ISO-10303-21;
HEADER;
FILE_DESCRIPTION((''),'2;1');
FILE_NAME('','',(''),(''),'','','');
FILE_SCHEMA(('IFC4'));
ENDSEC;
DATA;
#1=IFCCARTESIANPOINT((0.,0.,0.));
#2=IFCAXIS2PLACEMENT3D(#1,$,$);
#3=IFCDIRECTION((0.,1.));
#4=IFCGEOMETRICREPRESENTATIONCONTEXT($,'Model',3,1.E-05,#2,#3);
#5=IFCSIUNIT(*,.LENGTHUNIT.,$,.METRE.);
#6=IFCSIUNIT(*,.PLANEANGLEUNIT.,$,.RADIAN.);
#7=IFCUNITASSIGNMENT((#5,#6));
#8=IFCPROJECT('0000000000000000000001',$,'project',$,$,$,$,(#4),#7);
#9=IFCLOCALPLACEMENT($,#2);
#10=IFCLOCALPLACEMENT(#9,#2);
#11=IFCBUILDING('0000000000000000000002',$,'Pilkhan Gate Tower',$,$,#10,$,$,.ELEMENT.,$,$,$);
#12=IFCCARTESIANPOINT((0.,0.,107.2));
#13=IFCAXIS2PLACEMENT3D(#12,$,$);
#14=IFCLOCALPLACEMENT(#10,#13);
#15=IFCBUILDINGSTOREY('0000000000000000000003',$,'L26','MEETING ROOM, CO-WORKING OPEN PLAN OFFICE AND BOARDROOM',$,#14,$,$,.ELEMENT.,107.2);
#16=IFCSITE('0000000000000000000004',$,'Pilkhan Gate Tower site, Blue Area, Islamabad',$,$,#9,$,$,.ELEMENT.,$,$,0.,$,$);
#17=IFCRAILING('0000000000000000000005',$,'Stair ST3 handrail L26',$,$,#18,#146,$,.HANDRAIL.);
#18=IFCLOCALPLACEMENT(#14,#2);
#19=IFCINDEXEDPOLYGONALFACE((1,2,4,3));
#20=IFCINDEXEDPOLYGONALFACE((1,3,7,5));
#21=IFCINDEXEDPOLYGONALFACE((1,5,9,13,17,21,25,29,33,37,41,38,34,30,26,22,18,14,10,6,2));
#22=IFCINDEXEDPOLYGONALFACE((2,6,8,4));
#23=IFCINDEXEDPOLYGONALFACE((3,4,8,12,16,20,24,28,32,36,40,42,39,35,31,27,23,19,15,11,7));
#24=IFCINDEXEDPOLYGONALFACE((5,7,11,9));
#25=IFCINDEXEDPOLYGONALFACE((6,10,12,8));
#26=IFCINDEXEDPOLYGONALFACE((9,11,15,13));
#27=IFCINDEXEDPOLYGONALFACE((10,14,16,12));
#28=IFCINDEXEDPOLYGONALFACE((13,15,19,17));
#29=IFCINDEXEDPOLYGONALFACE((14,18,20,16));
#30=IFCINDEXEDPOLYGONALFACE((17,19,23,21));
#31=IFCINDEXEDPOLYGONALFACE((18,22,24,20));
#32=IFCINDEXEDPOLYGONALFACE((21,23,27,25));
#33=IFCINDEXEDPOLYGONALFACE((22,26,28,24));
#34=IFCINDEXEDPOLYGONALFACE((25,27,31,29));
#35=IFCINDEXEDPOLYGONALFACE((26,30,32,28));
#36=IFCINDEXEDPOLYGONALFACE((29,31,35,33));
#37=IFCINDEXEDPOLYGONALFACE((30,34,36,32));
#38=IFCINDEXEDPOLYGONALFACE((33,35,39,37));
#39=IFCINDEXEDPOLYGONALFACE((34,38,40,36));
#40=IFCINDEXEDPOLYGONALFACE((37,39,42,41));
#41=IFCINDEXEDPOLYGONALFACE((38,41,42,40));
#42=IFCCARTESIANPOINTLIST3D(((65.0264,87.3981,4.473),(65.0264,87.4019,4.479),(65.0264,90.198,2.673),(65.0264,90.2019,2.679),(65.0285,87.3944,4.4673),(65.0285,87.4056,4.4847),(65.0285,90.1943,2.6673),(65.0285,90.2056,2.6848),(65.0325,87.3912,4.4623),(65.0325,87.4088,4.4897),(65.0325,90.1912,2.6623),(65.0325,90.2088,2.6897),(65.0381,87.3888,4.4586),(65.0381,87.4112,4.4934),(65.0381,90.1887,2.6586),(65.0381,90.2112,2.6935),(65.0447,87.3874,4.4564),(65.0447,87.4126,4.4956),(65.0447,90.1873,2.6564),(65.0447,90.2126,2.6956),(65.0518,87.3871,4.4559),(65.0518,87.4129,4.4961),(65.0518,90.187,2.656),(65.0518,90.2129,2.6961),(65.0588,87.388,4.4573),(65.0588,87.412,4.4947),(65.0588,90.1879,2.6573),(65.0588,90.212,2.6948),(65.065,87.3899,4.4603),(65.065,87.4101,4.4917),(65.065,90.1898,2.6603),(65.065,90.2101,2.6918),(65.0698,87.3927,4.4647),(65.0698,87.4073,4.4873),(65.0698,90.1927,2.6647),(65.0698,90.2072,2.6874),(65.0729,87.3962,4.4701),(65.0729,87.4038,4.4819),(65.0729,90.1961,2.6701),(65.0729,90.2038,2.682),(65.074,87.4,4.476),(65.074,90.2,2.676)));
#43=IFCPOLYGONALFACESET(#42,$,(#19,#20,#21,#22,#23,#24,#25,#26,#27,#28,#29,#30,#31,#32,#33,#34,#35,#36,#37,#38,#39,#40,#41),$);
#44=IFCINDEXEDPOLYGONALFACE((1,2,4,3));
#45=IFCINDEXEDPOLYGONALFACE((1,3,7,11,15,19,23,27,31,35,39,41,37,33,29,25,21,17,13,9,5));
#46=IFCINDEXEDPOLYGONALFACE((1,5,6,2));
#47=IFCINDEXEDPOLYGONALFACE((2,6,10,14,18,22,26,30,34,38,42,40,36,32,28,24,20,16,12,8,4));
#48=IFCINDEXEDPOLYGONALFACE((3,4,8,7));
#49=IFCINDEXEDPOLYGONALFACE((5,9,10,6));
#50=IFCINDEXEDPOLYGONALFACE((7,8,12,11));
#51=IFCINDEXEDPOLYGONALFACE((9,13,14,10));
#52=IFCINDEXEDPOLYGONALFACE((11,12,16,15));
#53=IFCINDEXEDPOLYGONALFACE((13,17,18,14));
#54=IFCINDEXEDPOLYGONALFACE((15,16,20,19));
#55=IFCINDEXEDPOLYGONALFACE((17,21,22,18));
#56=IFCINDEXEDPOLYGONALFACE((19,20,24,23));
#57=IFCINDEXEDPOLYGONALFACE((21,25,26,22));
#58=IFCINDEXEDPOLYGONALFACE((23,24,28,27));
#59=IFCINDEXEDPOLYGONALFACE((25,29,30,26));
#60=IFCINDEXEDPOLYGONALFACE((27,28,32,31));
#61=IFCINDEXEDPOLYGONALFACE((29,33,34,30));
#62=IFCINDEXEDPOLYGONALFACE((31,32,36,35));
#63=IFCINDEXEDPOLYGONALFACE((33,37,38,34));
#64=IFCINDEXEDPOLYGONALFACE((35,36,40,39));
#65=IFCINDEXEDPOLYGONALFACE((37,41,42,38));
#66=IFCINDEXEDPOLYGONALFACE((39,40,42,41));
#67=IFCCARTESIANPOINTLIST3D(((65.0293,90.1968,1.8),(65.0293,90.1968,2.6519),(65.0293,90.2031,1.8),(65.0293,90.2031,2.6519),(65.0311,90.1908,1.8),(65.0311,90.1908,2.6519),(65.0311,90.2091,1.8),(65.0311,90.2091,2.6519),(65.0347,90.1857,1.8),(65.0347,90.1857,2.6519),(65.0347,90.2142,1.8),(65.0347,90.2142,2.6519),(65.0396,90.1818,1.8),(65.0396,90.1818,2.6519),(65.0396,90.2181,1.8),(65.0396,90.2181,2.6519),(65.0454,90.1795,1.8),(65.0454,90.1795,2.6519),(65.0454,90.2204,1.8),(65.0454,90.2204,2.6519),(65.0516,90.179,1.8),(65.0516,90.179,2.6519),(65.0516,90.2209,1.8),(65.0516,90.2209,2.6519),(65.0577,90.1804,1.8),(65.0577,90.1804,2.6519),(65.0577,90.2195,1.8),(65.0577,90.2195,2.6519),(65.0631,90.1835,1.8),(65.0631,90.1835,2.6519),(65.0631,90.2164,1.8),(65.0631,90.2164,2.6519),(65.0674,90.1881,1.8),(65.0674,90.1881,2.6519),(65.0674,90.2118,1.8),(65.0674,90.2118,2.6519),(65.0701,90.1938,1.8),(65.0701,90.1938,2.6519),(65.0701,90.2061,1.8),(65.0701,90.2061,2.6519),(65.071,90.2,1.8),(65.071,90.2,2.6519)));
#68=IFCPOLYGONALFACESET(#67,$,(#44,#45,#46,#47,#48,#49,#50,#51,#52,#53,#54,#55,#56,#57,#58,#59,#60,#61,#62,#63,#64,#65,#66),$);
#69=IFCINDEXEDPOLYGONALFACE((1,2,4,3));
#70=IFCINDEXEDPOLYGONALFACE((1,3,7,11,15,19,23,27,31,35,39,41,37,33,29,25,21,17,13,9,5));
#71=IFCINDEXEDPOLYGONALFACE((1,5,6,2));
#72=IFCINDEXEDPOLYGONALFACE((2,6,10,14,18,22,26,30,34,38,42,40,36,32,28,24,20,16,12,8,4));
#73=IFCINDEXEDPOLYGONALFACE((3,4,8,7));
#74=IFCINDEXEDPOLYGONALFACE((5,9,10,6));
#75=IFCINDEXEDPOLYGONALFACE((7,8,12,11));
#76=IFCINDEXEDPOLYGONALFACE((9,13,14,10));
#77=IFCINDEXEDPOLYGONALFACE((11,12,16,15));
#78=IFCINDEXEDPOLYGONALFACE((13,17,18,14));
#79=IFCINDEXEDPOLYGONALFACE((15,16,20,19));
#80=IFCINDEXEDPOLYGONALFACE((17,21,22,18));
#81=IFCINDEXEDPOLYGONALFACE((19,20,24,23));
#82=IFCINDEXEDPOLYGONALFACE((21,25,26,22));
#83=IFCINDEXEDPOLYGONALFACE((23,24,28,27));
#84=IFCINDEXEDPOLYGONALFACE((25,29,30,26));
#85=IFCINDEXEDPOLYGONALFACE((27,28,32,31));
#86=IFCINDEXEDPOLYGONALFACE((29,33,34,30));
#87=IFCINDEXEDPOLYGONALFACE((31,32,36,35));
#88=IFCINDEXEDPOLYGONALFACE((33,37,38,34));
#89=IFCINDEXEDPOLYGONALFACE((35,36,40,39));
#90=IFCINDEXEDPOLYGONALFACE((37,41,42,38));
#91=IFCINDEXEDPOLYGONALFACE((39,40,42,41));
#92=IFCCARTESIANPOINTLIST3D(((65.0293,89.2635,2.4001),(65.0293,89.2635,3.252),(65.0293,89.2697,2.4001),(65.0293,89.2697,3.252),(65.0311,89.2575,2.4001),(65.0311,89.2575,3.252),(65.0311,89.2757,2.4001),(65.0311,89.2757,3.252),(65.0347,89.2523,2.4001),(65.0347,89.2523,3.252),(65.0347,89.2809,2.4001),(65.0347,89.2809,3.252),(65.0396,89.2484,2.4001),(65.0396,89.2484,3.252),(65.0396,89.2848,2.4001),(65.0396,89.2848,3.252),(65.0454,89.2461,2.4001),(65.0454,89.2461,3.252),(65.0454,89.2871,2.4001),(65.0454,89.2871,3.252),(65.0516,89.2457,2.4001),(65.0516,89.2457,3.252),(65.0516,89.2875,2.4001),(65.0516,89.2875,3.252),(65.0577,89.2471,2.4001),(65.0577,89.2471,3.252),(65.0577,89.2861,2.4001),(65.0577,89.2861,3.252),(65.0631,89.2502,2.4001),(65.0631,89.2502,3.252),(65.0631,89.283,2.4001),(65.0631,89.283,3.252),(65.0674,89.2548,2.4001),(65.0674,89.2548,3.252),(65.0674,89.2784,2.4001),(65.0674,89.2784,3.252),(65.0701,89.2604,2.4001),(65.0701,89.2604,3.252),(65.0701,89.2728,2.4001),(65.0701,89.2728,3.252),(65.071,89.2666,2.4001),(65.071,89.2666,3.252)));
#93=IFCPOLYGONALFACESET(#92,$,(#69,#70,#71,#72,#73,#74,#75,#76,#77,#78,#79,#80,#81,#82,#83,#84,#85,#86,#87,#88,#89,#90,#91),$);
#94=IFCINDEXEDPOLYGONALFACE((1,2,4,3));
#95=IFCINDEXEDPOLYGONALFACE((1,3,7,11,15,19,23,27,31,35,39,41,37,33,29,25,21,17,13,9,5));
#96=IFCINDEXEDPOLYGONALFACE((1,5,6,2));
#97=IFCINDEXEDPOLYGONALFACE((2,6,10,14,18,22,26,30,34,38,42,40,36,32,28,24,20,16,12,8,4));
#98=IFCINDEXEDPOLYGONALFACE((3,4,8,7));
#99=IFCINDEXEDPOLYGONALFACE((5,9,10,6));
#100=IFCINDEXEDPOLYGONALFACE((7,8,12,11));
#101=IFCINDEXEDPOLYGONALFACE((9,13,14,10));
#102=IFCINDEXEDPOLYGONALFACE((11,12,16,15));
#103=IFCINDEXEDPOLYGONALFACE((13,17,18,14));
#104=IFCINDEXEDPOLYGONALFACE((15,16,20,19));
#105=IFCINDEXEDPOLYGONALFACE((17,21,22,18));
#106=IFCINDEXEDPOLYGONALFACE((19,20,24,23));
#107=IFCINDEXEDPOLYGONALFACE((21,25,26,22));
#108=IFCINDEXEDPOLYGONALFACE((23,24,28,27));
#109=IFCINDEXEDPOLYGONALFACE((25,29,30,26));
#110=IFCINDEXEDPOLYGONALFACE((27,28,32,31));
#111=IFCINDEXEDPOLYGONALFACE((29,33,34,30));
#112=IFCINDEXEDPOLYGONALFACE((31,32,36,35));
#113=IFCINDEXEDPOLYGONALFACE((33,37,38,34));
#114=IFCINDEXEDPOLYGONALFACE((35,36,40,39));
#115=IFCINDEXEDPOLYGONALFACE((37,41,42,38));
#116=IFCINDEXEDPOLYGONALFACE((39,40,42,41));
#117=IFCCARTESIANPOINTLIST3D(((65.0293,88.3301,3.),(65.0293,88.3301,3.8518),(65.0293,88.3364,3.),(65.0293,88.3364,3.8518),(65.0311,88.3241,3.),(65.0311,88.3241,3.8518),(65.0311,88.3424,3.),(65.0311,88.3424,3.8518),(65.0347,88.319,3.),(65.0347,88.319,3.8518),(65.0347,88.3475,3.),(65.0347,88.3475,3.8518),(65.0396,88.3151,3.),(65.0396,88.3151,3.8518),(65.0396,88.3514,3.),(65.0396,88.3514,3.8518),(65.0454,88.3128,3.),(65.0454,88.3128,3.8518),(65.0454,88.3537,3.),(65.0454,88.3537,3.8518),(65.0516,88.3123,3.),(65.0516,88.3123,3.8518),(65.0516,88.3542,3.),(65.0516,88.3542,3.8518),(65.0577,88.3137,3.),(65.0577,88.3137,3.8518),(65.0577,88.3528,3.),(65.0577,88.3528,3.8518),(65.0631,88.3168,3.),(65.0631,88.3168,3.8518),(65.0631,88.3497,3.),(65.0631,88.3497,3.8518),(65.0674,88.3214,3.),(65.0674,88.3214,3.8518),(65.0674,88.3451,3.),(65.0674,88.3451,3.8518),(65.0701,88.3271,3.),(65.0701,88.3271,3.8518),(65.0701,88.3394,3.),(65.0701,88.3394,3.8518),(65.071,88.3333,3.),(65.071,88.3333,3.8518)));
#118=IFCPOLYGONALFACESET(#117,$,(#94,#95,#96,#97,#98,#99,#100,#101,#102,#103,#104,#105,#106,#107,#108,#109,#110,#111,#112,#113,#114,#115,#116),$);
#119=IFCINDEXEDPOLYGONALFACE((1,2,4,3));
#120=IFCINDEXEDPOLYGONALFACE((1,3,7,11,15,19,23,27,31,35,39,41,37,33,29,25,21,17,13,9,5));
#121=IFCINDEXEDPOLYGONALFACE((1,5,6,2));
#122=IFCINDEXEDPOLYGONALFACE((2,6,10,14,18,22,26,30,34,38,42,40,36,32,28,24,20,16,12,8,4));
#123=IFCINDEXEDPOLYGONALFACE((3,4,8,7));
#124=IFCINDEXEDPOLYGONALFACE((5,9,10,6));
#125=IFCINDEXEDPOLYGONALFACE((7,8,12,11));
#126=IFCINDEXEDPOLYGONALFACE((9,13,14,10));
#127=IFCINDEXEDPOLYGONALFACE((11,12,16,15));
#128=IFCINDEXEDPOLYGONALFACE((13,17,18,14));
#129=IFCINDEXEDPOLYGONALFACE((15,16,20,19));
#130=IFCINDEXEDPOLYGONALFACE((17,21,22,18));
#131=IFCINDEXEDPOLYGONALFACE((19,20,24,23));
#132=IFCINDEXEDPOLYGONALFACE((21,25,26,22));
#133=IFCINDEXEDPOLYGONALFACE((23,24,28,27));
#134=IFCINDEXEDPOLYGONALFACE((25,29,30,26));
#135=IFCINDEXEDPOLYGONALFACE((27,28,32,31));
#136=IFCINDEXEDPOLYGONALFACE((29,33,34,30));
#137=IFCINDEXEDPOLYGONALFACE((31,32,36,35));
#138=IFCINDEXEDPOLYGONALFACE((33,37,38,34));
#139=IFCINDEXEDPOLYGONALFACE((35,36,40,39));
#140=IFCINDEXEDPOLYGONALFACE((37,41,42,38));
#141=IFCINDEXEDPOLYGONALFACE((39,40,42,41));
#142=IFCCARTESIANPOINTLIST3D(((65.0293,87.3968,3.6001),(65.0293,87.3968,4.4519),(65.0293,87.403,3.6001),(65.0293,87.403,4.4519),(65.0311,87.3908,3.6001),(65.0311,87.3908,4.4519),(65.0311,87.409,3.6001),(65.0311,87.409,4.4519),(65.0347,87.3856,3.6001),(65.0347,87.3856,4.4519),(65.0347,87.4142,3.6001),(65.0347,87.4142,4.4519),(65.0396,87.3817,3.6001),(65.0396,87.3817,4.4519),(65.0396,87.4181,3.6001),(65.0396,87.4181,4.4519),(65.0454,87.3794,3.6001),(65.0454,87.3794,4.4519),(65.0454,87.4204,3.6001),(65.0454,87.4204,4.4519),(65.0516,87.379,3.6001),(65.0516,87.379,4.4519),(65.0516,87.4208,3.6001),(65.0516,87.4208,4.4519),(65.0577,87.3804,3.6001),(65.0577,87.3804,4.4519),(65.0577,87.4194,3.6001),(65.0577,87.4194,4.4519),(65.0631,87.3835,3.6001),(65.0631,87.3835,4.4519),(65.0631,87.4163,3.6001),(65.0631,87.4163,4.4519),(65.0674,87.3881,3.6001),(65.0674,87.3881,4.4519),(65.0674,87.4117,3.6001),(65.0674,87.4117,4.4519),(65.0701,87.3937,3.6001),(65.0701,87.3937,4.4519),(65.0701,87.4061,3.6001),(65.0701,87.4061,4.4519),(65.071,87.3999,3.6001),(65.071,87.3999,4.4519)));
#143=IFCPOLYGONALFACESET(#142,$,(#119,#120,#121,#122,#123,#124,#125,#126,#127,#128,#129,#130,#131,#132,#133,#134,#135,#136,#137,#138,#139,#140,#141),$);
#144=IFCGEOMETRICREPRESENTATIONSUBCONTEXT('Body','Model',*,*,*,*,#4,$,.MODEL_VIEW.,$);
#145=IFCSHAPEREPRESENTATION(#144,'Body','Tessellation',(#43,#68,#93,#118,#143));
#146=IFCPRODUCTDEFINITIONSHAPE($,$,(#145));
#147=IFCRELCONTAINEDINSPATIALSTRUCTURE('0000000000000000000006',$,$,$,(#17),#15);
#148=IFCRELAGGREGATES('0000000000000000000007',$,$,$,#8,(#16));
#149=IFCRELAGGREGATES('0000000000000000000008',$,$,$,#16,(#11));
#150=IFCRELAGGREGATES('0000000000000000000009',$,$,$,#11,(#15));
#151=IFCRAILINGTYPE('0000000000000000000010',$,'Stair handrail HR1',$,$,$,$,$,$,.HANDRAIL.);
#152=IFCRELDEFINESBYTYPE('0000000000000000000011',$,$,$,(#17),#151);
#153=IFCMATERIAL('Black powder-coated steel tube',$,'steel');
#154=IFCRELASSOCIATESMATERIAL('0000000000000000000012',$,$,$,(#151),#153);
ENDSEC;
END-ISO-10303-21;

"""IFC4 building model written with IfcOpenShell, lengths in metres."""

from ifc_helpers import new_model, si_unit, direction, frame, origin, origin_2d, place, context, subcontext, project, spatial, circle, extrude, material, type_object, element, save


model = new_model("IFC4")

# Units and contexts
model_context = context("Model", 3, precision=1e-05, world=origin(), true_north=direction((0.0, 1.0)))
body_context = subcontext(model_context, "Body", "Model", "MODEL_VIEW")
ifc_project = project(units=[si_unit("LENGTHUNIT", "METRE"), si_unit("PLANEANGLEUNIT", "RADIAN")], contexts=[model_context])

# Site, building, storey
site_placement = place(None, origin())
site = spatial("IfcSite", under=ifc_project, at=site_placement, Name="Pilkhan Gate Tower site, Blue Area, Islamabad", CompositionType="ELEMENT", RefElevation=0.0)
building_placement = place(site_placement, origin())
building = spatial("IfcBuilding", under=site, at=building_placement, Name="Pilkhan Gate Tower", CompositionType="ELEMENT")
storey_placement = place(building_placement, frame((0.0, 0.0, 107.2)))
storey = spatial("IfcBuildingStorey", under=building, at=storey_placement, Name="L26", Description="MEETING ROOM, CO-WORKING OPEN PLAN OFFICE AND BOARDROOM", CompositionType="ELEMENT", Elevation=107.2)

# Railing
ifc_material_1 = material(Name="Black powder-coated steel tube", Category="steel")
railing_type_1 = type_object("IfcRailingType", Name="Stair handrail HR1", PredefinedType="HANDRAIL", material=ifc_material_1)
railing_1_placement = place(storey_placement, frame((65.05, 90.2, 1.8)))
element("IfcRailing", 1, at=railing_1_placement, inside=storey, type_object=railing_type_1, Name="Stair ST3 handrail L26", PredefinedType="HANDRAIL", context=body_context, shape_type="SweptSolid", body=[
    extrude(circle(Radius=0.0239, at=origin_2d()), frame((0.0, 0.0, 0.876), z_axis=(0.0, -0.841176, 0.540761), x_axis=(1.0, 0.0, 0.0)), (0.0, 0.0, 1.0), 3.3286),
    extrude(circle(Radius=0.021, at=origin_2d()), origin(), (0.0, 0.0, 1.0), 0.8518),
    extrude(circle(Radius=0.021, at=origin_2d()), frame((0.0, -0.9333, 0.6001)), (0.0, 0.0, 1.0), 0.8518),
    extrude(circle(Radius=0.021, at=origin_2d()), frame((0.0, -1.8667, 1.2)), (0.0, 0.0, 1.0), 0.8518),
    extrude(circle(Radius=0.021, at=origin_2d()), frame((0.0, -2.8, 1.8)), (0.0, 0.0, 1.0), 0.8518),
])

save(model, "model.ifc")
